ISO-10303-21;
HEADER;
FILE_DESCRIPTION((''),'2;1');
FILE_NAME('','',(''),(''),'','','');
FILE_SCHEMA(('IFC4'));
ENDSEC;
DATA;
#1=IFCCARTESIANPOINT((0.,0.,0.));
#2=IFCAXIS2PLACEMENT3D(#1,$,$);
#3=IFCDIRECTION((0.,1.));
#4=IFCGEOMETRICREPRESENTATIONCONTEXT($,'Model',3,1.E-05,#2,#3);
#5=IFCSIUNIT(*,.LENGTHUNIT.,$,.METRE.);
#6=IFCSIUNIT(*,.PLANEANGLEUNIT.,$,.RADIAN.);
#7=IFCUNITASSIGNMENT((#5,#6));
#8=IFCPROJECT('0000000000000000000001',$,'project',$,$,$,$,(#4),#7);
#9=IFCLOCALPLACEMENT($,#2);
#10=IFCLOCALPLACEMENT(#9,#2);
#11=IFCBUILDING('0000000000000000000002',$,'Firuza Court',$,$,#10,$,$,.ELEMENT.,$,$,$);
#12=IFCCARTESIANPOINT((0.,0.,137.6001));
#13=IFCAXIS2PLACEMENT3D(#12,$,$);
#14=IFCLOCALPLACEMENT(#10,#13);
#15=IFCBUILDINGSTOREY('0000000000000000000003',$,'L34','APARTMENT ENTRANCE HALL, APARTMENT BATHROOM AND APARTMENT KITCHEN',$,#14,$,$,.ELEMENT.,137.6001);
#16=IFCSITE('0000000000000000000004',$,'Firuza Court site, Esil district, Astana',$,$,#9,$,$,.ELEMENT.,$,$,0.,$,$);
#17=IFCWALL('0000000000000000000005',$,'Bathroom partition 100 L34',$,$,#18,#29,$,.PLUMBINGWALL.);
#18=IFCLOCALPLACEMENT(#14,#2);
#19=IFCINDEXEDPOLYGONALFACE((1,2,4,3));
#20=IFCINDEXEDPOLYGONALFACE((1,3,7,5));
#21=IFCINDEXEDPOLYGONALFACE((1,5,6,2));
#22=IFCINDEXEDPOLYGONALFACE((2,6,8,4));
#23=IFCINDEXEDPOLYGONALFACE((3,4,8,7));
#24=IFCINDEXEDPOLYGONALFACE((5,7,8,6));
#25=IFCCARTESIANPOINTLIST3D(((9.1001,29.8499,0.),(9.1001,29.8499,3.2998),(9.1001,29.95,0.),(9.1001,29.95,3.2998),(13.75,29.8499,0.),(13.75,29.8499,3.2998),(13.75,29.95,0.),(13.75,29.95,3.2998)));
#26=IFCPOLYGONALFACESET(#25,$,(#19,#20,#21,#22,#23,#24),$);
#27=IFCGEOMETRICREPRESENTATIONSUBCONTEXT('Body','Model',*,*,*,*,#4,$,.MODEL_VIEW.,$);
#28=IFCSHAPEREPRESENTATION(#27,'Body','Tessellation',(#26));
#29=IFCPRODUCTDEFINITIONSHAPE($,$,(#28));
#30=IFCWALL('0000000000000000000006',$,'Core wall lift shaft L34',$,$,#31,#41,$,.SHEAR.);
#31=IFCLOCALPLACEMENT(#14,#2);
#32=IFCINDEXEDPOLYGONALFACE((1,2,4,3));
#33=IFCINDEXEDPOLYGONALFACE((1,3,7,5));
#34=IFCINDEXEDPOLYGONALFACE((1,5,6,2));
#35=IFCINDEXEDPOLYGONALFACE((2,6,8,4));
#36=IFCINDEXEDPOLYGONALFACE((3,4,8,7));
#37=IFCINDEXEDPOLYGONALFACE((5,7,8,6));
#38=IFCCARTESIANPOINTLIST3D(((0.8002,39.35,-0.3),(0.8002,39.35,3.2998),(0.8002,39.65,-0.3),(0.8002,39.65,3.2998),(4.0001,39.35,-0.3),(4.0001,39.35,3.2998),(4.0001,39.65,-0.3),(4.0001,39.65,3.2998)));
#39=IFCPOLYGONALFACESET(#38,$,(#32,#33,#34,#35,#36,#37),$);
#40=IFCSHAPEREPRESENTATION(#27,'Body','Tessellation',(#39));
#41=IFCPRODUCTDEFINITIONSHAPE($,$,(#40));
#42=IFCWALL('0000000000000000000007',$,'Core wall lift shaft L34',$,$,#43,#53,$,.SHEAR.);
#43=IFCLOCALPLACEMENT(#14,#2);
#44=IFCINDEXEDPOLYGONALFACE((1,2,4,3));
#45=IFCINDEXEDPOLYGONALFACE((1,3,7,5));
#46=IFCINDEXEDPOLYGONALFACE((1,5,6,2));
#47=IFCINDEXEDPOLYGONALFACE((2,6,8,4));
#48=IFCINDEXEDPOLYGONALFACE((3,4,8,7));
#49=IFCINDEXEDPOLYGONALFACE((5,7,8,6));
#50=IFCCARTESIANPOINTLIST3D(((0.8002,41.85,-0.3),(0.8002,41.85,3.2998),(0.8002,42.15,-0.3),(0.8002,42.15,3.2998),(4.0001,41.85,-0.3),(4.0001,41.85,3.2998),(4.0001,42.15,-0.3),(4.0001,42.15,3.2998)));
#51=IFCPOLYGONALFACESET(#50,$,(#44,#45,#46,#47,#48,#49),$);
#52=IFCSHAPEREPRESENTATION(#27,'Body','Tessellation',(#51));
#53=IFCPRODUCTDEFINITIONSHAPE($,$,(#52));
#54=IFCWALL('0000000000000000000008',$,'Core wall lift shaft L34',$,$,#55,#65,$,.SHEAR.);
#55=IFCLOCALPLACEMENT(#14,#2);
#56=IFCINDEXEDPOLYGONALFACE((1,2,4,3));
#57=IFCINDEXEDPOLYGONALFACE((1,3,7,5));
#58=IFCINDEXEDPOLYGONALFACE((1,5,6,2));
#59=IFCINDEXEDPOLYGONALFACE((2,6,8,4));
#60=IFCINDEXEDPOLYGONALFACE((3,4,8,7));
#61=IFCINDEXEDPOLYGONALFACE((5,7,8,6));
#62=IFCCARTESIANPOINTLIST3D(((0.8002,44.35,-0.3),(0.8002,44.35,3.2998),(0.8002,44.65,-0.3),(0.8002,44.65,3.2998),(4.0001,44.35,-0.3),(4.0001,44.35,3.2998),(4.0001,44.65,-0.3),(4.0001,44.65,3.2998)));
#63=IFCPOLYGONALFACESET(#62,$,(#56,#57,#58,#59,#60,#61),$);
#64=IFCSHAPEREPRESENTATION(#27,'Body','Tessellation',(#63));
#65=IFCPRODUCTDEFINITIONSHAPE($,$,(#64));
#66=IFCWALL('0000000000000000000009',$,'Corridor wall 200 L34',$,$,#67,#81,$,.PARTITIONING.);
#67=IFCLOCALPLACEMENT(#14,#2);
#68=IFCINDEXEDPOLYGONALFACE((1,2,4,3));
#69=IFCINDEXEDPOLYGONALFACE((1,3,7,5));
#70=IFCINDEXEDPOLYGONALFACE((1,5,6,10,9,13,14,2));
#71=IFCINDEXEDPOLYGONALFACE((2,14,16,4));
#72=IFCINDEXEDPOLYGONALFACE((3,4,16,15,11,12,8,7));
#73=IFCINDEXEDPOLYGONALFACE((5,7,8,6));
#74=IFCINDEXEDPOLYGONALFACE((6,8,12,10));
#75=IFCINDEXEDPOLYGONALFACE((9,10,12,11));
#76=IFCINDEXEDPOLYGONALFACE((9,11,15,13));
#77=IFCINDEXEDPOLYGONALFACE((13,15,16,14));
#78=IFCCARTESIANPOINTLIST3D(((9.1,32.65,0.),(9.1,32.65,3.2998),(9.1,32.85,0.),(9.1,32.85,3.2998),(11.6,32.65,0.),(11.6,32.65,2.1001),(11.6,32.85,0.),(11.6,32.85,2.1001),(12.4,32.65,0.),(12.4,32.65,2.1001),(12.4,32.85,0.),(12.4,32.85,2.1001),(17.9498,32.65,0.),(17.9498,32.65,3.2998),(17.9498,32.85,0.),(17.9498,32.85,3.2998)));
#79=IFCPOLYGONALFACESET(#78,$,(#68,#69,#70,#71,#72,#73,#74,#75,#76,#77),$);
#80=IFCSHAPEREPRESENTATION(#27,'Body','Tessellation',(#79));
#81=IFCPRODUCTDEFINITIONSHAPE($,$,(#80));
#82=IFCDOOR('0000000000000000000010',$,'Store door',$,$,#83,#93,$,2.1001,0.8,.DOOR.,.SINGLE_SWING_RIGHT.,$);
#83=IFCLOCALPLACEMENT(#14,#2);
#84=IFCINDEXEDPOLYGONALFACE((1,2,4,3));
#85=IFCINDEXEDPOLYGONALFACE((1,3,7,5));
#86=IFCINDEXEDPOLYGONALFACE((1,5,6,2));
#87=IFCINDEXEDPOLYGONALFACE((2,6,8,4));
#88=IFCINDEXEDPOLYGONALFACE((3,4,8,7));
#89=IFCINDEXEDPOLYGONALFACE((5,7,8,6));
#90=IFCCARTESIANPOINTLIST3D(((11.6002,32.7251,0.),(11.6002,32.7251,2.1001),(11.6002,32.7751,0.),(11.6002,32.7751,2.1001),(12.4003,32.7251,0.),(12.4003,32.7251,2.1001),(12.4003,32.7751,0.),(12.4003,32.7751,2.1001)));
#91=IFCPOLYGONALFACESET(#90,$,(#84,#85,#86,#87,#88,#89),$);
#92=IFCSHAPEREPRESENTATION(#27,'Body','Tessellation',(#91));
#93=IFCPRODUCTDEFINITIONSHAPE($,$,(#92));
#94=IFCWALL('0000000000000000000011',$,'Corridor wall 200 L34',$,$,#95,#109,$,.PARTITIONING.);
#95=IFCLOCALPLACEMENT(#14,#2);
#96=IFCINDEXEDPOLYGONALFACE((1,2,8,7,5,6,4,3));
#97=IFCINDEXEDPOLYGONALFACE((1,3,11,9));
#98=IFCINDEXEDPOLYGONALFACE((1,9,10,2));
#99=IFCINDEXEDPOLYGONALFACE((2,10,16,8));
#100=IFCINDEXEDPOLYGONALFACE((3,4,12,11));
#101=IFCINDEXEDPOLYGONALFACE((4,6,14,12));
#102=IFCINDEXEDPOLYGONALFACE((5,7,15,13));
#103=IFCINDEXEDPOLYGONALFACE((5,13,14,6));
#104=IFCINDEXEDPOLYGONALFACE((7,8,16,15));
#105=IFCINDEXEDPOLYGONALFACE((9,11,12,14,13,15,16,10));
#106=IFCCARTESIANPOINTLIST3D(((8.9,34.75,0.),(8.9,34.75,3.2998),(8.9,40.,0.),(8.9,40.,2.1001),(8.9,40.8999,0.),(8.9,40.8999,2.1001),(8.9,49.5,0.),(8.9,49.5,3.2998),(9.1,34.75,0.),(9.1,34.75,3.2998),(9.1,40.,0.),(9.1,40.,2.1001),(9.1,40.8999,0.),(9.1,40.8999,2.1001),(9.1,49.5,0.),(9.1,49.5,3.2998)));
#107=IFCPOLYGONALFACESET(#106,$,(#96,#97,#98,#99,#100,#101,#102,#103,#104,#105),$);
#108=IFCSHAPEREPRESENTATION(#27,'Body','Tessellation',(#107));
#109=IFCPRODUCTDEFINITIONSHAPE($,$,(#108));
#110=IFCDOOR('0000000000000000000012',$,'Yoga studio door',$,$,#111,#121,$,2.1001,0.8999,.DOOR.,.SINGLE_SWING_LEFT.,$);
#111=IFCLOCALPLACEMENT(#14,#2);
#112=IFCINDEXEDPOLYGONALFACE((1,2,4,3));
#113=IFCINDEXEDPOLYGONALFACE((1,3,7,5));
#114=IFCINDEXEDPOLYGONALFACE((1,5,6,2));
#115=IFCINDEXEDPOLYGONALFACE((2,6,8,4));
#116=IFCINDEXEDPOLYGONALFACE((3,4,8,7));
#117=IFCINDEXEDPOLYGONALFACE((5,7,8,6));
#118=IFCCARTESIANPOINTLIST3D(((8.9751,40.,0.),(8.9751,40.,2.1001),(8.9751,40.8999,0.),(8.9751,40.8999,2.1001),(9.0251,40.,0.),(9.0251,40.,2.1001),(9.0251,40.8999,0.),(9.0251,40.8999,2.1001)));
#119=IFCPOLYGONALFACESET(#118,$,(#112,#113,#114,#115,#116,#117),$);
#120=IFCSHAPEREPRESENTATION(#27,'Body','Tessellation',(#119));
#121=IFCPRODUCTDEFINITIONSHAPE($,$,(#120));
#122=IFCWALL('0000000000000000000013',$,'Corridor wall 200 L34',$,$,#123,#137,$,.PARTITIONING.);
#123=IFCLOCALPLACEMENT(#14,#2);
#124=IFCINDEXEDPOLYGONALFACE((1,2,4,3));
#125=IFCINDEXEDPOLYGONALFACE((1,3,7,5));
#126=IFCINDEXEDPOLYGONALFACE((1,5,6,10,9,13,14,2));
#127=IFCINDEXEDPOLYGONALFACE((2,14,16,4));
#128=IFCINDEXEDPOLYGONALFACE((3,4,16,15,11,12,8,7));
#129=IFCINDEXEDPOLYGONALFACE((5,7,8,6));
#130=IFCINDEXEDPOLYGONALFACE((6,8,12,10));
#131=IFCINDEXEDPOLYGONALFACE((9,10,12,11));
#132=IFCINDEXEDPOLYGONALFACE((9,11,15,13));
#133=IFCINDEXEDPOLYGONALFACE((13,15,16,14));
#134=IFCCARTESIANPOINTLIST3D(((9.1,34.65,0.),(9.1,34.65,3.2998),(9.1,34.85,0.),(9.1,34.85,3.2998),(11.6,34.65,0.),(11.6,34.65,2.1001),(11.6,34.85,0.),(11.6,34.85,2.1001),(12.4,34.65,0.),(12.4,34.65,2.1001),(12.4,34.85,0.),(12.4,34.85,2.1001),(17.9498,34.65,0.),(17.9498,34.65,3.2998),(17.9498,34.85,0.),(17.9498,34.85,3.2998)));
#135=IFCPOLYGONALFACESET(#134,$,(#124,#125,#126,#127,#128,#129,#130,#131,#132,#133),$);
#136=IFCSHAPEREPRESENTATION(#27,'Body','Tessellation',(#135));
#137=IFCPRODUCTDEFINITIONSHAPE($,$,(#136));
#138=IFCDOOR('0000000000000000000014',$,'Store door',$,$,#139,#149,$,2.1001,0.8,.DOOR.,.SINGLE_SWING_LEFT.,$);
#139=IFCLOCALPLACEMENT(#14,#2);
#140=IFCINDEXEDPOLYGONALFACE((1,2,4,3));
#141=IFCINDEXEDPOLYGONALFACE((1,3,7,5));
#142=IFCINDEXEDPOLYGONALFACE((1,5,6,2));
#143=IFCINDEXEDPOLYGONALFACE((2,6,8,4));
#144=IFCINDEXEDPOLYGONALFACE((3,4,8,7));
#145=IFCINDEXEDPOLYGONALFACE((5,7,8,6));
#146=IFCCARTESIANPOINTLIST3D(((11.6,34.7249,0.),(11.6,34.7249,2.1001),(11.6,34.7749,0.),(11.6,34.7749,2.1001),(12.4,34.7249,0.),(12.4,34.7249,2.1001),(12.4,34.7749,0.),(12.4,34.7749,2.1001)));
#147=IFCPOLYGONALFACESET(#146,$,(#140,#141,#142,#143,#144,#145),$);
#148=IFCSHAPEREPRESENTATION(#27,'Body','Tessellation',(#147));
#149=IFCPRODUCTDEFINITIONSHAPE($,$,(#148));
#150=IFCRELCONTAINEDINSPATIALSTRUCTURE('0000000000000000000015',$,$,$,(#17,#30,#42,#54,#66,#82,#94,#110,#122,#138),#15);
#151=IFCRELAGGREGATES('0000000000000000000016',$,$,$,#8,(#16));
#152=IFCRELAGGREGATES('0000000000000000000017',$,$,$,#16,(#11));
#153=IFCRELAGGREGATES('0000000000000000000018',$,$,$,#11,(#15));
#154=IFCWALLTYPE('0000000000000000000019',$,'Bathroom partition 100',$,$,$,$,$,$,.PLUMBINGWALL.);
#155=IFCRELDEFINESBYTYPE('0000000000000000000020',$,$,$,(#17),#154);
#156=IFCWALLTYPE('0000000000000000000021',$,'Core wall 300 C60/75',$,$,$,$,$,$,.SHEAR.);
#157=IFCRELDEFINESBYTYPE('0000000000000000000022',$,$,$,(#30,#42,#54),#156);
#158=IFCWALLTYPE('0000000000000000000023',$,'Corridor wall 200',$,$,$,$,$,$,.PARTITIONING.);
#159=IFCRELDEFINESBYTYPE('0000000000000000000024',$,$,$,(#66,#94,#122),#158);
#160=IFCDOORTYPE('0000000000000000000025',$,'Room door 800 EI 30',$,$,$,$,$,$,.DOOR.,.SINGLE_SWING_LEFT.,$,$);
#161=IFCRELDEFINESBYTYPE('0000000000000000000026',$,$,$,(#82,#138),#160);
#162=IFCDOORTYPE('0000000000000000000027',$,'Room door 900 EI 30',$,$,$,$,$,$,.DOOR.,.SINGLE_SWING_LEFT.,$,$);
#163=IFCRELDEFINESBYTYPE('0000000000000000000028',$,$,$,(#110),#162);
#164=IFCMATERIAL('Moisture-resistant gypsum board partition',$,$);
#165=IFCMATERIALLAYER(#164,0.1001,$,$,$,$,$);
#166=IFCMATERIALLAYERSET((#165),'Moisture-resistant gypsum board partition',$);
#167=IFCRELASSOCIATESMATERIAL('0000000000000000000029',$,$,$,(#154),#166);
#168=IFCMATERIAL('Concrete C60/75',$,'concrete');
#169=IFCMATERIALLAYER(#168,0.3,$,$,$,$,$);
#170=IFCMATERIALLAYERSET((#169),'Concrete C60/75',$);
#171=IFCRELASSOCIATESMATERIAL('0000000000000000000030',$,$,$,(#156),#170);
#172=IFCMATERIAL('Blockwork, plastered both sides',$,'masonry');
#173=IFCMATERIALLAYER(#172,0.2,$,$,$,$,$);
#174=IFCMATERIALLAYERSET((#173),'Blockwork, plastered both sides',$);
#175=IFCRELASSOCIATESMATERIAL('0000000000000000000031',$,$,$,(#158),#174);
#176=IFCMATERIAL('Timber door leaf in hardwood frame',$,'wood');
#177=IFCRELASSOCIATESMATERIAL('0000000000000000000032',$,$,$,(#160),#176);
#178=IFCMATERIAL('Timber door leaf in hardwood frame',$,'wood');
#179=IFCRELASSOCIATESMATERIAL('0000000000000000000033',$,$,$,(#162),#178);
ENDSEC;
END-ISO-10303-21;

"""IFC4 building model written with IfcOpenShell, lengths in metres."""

from ifc_helpers import new_model, si_unit, direction, frame, frame_2d, origin, place, context, subcontext, project, spatial, rectangle, extrude, material, layer, layer_set, type_object, element, fill, save


model = new_model("IFC4")

# Units and contexts
model_context = context("Model", 3, precision=1e-05, world=origin(), true_north=direction((0.0, 1.0)))
body_context = subcontext(model_context, "Body", "Model", "MODEL_VIEW")
ifc_project = project(units=[si_unit("LENGTHUNIT", "METRE"), si_unit("PLANEANGLEUNIT", "RADIAN")], contexts=[model_context])

# Site, building, storey
site_placement = place(None, origin())
site = spatial("IfcSite", under=ifc_project, at=site_placement, Name="Firuza Court site, Esil district, Astana", CompositionType="ELEMENT", RefElevation=0.0)
building_placement = place(site_placement, origin())
building = spatial("IfcBuilding", under=site, at=building_placement, Name="Firuza Court", CompositionType="ELEMENT")
storey_placement = place(building_placement, frame((0.0, 0.0, 137.6001)))
storey = spatial("IfcBuildingStorey", under=building, at=storey_placement, Name="L34", Description="APARTMENT ENTRANCE HALL, APARTMENT BATHROOM AND APARTMENT KITCHEN", CompositionType="ELEMENT", Elevation=137.6001)

# Walls
ifc_material_1 = material(Name="Moisture-resistant gypsum board partition")
ifc_layer_1 = layer(ifc_material_1, 0.1001)
ifc_layer_set_1 = layer_set([ifc_layer_1], Name="Moisture-resistant gypsum board partition")
wall_type_1 = type_object("IfcWallType", Name="Bathroom partition 100", PredefinedType="PLUMBINGWALL", material=ifc_layer_set_1)
wall_1_placement = place(storey_placement, frame((9.1001, 29.8999, 0.0), z_axis=(0.0, 0.0, 1.0), x_axis=(1.0, 0.0, 0.0)))
element("IfcWall", 1, at=wall_1_placement, inside=storey, type_object=wall_type_1, Name="Bathroom partition 100 L34", PredefinedType="PLUMBINGWALL", context=body_context, shape_type="SweptSolid", body=[
    extrude(rectangle(XDim=4.6499, YDim=0.1001, at=frame_2d((2.325, 0.0))), origin(), (0.0, 0.0, 1.0), 3.2998),
])
ifc_material_2 = material(Name="Concrete C60/75", Category="concrete")
ifc_layer_2 = layer(ifc_material_2, 0.3)
ifc_layer_set_2 = layer_set([ifc_layer_2], Name="Concrete C60/75")
wall_type_2 = type_object("IfcWallType", Name="Core wall 300 C60/75", PredefinedType="SHEAR", material=ifc_layer_set_2)
for number, where, z_axis, x_axis, name in (
    (2, (0.8, 39.5, -0.3), (0.0, 0.0, 1.0), (1.0, 0.0, 0.0), "Core wall lift shaft L34"),
    (3, (0.8, 42.0, -0.3), (0.0, 0.0, 1.0), (1.0, 0.0, 0.0), "Core wall lift shaft L34"),
    (4, (0.8, 44.5, -0.3), (0.0, 0.0, 1.0), (1.0, 0.0, 0.0), "Core wall lift shaft L34"),
):
    element("IfcWall", number, at=place(storey_placement, frame(where, z_axis=z_axis, x_axis=x_axis)), inside=storey, type_object=wall_type_2, Name=name, PredefinedType="SHEAR", context=body_context, shape_type="SweptSolid", body=[
        extrude(rectangle(XDim=3.2, YDim=0.3, at=frame_2d((1.6001, 0.0))), origin(), (0.0, 0.0, 1.0), 3.5999),
    ])

# Walls, openings, doors
ifc_material_3 = material(Name="Blockwork, plastered both sides", Category="masonry")
ifc_layer_3 = layer(ifc_material_3, 0.2)
ifc_layer_set_3 = layer_set([ifc_layer_3], Name="Blockwork, plastered both sides")
wall_type_3 = type_object("IfcWallType", Name="Corridor wall 200", PredefinedType="PARTITIONING", material=ifc_layer_set_3)
wall_2_placement = place(storey_placement, frame((9.1001, 32.75, 0.0), z_axis=(0.0, 0.0, 1.0), x_axis=(1.0, 0.0, 0.0)))
wall_2 = element("IfcWall", 5, at=wall_2_placement, inside=storey, type_object=wall_type_3, Name="Corridor wall 200 L34", PredefinedType="PARTITIONING", context=body_context, shape_type="SweptSolid", body=[
    extrude(rectangle(XDim=8.8499, YDim=0.2, at=frame_2d((4.4248, 0.0))), origin(), (0.0, 0.0, 1.0), 3.2998),
])
opening_1_placement = place(wall_2_placement, frame((2.5, 0.0, 0.0)))
opening_1 = element("IfcOpeningElement", 6, at=opening_1_placement, cuts=wall_2, PredefinedType="OPENING", context=body_context, shape_type="SweptSolid", body=[
    extrude(rectangle(XDim=0.8, YDim=2.1001, at=frame_2d((0.3999, 1.05))), frame((0.0, 0.1118, 0.0), z_axis=(0.0, -1.0, 0.0), x_axis=(1.0, 0.0, 0.0)), (0.0, 0.0, 1.0), 0.2239),
])
ifc_material_4 = material(Name="Timber door leaf in hardwood frame", Category="wood")
door_type_1 = type_object("IfcDoorType", Name="Room door 800 EI 30", OperationType="SINGLE_SWING_LEFT", PredefinedType="DOOR", material=ifc_material_4)
door_1_placement = place(opening_1_placement, frame((0.8, 0.0, 0.0), z_axis=(0.0, 0.0, 1.0), x_axis=(-1.0, 0.0, 0.0)))
door_1 = element("IfcDoor", 7, at=door_1_placement, inside=storey, type_object=door_type_1, Name="Store door", OperationType="SINGLE_SWING_RIGHT", OverallHeight=2.1001, OverallWidth=0.8, PredefinedType="DOOR", context=body_context, shape_type="SweptSolid", body=[
    extrude(rectangle(XDim=0.8, YDim=2.1001, at=frame_2d((0.3999, 1.05))), frame((0.0, 0.0249, 0.0), z_axis=(0.0, -1.0, 0.0), x_axis=(1.0, 0.0, 0.0)), (0.0, 0.0, 1.0), 0.05),
])
fill(opening_1, door_1)
wall_3_placement = place(storey_placement, frame((9.0, 34.75, 0.0), z_axis=(0.0, 0.0, 1.0), x_axis=(0.0, 1.0, 0.0)))
wall_3 = element("IfcWall", 8, at=wall_3_placement, inside=storey, type_object=wall_type_3, Name="Corridor wall 200 L34", PredefinedType="PARTITIONING", context=body_context, shape_type="SweptSolid", body=[
    extrude(rectangle(XDim=14.75, YDim=0.2, at=frame_2d((7.375, 0.0))), origin(), (0.0, 0.0, 1.0), 3.2998),
])
opening_2_placement = place(wall_3_placement, frame((5.25, 0.0, 0.0)))
opening_2 = element("IfcOpeningElement", 9, at=opening_2_placement, cuts=wall_3, PredefinedType="OPENING", context=body_context, shape_type="SweptSolid", body=[
    extrude(rectangle(XDim=0.8999, YDim=2.1001, at=frame_2d((0.45, 1.05))), frame((0.0, 0.1118, 0.0), z_axis=(0.0, -1.0, 0.0), x_axis=(1.0, 0.0, 0.0)), (0.0, 0.0, 1.0), 0.2239),
])
ifc_material_5 = material(Name="Timber door leaf in hardwood frame", Category="wood")
door_type_2 = type_object("IfcDoorType", Name="Room door 900 EI 30", OperationType="SINGLE_SWING_LEFT", PredefinedType="DOOR", material=ifc_material_5)
door_2_placement = place(opening_2_placement, origin())
door_2 = element("IfcDoor", 10, at=door_2_placement, inside=storey, type_object=door_type_2, Name="Yoga studio door", OperationType="SINGLE_SWING_LEFT", OverallHeight=2.1001, OverallWidth=0.8999, PredefinedType="DOOR", context=body_context, shape_type="SweptSolid", body=[
    extrude(rectangle(XDim=0.8999, YDim=2.1001, at=frame_2d((0.45, 1.05))), frame((0.0, 0.0249, 0.0), z_axis=(0.0, -1.0, 0.0), x_axis=(1.0, 0.0, 0.0)), (0.0, 0.0, 1.0), 0.05),
])
fill(opening_2, door_2)
wall_4_placement = place(storey_placement, frame((9.1001, 34.75, 0.0), z_axis=(0.0, 0.0, 1.0), x_axis=(1.0, 0.0, 0.0)))
wall_4 = element("IfcWall", 11, at=wall_4_placement, inside=storey, type_object=wall_type_3, Name="Corridor wall 200 L34", PredefinedType="PARTITIONING", context=body_context, shape_type="SweptSolid", body=[
    extrude(rectangle(XDim=8.8499, YDim=0.2, at=frame_2d((4.4248, 0.0))), origin(), (0.0, 0.0, 1.0), 3.2998),
])
opening_3_placement = place(wall_4_placement, frame((2.5, 0.0, 0.0)))
opening_3 = element("IfcOpeningElement", 12, at=opening_3_placement, cuts=wall_4, PredefinedType="OPENING", context=body_context, shape_type="SweptSolid", body=[
    extrude(rectangle(XDim=0.8, YDim=2.1001, at=frame_2d((0.3999, 1.05))), frame((0.0, 0.1118, 0.0), z_axis=(0.0, -1.0, 0.0), x_axis=(1.0, 0.0, 0.0)), (0.0, 0.0, 1.0), 0.2239),
])
door_3_placement = place(opening_3_placement, origin())
door_3 = element("IfcDoor", 13, at=door_3_placement, inside=storey, type_object=door_type_1, Name="Store door", OperationType="SINGLE_SWING_LEFT", OverallHeight=2.1001, OverallWidth=0.8, PredefinedType="DOOR", context=body_context, shape_type="SweptSolid", body=[
    extrude(rectangle(XDim=0.8, YDim=2.1001, at=frame_2d((0.3999, 1.05))), frame((0.0, 0.0249, 0.0), z_axis=(0.0, -1.0, 0.0), x_axis=(1.0, 0.0, 0.0)), (0.0, 0.0, 1.0), 0.05),
])
fill(opening_3, door_3)

save(model, "model.ifc")
